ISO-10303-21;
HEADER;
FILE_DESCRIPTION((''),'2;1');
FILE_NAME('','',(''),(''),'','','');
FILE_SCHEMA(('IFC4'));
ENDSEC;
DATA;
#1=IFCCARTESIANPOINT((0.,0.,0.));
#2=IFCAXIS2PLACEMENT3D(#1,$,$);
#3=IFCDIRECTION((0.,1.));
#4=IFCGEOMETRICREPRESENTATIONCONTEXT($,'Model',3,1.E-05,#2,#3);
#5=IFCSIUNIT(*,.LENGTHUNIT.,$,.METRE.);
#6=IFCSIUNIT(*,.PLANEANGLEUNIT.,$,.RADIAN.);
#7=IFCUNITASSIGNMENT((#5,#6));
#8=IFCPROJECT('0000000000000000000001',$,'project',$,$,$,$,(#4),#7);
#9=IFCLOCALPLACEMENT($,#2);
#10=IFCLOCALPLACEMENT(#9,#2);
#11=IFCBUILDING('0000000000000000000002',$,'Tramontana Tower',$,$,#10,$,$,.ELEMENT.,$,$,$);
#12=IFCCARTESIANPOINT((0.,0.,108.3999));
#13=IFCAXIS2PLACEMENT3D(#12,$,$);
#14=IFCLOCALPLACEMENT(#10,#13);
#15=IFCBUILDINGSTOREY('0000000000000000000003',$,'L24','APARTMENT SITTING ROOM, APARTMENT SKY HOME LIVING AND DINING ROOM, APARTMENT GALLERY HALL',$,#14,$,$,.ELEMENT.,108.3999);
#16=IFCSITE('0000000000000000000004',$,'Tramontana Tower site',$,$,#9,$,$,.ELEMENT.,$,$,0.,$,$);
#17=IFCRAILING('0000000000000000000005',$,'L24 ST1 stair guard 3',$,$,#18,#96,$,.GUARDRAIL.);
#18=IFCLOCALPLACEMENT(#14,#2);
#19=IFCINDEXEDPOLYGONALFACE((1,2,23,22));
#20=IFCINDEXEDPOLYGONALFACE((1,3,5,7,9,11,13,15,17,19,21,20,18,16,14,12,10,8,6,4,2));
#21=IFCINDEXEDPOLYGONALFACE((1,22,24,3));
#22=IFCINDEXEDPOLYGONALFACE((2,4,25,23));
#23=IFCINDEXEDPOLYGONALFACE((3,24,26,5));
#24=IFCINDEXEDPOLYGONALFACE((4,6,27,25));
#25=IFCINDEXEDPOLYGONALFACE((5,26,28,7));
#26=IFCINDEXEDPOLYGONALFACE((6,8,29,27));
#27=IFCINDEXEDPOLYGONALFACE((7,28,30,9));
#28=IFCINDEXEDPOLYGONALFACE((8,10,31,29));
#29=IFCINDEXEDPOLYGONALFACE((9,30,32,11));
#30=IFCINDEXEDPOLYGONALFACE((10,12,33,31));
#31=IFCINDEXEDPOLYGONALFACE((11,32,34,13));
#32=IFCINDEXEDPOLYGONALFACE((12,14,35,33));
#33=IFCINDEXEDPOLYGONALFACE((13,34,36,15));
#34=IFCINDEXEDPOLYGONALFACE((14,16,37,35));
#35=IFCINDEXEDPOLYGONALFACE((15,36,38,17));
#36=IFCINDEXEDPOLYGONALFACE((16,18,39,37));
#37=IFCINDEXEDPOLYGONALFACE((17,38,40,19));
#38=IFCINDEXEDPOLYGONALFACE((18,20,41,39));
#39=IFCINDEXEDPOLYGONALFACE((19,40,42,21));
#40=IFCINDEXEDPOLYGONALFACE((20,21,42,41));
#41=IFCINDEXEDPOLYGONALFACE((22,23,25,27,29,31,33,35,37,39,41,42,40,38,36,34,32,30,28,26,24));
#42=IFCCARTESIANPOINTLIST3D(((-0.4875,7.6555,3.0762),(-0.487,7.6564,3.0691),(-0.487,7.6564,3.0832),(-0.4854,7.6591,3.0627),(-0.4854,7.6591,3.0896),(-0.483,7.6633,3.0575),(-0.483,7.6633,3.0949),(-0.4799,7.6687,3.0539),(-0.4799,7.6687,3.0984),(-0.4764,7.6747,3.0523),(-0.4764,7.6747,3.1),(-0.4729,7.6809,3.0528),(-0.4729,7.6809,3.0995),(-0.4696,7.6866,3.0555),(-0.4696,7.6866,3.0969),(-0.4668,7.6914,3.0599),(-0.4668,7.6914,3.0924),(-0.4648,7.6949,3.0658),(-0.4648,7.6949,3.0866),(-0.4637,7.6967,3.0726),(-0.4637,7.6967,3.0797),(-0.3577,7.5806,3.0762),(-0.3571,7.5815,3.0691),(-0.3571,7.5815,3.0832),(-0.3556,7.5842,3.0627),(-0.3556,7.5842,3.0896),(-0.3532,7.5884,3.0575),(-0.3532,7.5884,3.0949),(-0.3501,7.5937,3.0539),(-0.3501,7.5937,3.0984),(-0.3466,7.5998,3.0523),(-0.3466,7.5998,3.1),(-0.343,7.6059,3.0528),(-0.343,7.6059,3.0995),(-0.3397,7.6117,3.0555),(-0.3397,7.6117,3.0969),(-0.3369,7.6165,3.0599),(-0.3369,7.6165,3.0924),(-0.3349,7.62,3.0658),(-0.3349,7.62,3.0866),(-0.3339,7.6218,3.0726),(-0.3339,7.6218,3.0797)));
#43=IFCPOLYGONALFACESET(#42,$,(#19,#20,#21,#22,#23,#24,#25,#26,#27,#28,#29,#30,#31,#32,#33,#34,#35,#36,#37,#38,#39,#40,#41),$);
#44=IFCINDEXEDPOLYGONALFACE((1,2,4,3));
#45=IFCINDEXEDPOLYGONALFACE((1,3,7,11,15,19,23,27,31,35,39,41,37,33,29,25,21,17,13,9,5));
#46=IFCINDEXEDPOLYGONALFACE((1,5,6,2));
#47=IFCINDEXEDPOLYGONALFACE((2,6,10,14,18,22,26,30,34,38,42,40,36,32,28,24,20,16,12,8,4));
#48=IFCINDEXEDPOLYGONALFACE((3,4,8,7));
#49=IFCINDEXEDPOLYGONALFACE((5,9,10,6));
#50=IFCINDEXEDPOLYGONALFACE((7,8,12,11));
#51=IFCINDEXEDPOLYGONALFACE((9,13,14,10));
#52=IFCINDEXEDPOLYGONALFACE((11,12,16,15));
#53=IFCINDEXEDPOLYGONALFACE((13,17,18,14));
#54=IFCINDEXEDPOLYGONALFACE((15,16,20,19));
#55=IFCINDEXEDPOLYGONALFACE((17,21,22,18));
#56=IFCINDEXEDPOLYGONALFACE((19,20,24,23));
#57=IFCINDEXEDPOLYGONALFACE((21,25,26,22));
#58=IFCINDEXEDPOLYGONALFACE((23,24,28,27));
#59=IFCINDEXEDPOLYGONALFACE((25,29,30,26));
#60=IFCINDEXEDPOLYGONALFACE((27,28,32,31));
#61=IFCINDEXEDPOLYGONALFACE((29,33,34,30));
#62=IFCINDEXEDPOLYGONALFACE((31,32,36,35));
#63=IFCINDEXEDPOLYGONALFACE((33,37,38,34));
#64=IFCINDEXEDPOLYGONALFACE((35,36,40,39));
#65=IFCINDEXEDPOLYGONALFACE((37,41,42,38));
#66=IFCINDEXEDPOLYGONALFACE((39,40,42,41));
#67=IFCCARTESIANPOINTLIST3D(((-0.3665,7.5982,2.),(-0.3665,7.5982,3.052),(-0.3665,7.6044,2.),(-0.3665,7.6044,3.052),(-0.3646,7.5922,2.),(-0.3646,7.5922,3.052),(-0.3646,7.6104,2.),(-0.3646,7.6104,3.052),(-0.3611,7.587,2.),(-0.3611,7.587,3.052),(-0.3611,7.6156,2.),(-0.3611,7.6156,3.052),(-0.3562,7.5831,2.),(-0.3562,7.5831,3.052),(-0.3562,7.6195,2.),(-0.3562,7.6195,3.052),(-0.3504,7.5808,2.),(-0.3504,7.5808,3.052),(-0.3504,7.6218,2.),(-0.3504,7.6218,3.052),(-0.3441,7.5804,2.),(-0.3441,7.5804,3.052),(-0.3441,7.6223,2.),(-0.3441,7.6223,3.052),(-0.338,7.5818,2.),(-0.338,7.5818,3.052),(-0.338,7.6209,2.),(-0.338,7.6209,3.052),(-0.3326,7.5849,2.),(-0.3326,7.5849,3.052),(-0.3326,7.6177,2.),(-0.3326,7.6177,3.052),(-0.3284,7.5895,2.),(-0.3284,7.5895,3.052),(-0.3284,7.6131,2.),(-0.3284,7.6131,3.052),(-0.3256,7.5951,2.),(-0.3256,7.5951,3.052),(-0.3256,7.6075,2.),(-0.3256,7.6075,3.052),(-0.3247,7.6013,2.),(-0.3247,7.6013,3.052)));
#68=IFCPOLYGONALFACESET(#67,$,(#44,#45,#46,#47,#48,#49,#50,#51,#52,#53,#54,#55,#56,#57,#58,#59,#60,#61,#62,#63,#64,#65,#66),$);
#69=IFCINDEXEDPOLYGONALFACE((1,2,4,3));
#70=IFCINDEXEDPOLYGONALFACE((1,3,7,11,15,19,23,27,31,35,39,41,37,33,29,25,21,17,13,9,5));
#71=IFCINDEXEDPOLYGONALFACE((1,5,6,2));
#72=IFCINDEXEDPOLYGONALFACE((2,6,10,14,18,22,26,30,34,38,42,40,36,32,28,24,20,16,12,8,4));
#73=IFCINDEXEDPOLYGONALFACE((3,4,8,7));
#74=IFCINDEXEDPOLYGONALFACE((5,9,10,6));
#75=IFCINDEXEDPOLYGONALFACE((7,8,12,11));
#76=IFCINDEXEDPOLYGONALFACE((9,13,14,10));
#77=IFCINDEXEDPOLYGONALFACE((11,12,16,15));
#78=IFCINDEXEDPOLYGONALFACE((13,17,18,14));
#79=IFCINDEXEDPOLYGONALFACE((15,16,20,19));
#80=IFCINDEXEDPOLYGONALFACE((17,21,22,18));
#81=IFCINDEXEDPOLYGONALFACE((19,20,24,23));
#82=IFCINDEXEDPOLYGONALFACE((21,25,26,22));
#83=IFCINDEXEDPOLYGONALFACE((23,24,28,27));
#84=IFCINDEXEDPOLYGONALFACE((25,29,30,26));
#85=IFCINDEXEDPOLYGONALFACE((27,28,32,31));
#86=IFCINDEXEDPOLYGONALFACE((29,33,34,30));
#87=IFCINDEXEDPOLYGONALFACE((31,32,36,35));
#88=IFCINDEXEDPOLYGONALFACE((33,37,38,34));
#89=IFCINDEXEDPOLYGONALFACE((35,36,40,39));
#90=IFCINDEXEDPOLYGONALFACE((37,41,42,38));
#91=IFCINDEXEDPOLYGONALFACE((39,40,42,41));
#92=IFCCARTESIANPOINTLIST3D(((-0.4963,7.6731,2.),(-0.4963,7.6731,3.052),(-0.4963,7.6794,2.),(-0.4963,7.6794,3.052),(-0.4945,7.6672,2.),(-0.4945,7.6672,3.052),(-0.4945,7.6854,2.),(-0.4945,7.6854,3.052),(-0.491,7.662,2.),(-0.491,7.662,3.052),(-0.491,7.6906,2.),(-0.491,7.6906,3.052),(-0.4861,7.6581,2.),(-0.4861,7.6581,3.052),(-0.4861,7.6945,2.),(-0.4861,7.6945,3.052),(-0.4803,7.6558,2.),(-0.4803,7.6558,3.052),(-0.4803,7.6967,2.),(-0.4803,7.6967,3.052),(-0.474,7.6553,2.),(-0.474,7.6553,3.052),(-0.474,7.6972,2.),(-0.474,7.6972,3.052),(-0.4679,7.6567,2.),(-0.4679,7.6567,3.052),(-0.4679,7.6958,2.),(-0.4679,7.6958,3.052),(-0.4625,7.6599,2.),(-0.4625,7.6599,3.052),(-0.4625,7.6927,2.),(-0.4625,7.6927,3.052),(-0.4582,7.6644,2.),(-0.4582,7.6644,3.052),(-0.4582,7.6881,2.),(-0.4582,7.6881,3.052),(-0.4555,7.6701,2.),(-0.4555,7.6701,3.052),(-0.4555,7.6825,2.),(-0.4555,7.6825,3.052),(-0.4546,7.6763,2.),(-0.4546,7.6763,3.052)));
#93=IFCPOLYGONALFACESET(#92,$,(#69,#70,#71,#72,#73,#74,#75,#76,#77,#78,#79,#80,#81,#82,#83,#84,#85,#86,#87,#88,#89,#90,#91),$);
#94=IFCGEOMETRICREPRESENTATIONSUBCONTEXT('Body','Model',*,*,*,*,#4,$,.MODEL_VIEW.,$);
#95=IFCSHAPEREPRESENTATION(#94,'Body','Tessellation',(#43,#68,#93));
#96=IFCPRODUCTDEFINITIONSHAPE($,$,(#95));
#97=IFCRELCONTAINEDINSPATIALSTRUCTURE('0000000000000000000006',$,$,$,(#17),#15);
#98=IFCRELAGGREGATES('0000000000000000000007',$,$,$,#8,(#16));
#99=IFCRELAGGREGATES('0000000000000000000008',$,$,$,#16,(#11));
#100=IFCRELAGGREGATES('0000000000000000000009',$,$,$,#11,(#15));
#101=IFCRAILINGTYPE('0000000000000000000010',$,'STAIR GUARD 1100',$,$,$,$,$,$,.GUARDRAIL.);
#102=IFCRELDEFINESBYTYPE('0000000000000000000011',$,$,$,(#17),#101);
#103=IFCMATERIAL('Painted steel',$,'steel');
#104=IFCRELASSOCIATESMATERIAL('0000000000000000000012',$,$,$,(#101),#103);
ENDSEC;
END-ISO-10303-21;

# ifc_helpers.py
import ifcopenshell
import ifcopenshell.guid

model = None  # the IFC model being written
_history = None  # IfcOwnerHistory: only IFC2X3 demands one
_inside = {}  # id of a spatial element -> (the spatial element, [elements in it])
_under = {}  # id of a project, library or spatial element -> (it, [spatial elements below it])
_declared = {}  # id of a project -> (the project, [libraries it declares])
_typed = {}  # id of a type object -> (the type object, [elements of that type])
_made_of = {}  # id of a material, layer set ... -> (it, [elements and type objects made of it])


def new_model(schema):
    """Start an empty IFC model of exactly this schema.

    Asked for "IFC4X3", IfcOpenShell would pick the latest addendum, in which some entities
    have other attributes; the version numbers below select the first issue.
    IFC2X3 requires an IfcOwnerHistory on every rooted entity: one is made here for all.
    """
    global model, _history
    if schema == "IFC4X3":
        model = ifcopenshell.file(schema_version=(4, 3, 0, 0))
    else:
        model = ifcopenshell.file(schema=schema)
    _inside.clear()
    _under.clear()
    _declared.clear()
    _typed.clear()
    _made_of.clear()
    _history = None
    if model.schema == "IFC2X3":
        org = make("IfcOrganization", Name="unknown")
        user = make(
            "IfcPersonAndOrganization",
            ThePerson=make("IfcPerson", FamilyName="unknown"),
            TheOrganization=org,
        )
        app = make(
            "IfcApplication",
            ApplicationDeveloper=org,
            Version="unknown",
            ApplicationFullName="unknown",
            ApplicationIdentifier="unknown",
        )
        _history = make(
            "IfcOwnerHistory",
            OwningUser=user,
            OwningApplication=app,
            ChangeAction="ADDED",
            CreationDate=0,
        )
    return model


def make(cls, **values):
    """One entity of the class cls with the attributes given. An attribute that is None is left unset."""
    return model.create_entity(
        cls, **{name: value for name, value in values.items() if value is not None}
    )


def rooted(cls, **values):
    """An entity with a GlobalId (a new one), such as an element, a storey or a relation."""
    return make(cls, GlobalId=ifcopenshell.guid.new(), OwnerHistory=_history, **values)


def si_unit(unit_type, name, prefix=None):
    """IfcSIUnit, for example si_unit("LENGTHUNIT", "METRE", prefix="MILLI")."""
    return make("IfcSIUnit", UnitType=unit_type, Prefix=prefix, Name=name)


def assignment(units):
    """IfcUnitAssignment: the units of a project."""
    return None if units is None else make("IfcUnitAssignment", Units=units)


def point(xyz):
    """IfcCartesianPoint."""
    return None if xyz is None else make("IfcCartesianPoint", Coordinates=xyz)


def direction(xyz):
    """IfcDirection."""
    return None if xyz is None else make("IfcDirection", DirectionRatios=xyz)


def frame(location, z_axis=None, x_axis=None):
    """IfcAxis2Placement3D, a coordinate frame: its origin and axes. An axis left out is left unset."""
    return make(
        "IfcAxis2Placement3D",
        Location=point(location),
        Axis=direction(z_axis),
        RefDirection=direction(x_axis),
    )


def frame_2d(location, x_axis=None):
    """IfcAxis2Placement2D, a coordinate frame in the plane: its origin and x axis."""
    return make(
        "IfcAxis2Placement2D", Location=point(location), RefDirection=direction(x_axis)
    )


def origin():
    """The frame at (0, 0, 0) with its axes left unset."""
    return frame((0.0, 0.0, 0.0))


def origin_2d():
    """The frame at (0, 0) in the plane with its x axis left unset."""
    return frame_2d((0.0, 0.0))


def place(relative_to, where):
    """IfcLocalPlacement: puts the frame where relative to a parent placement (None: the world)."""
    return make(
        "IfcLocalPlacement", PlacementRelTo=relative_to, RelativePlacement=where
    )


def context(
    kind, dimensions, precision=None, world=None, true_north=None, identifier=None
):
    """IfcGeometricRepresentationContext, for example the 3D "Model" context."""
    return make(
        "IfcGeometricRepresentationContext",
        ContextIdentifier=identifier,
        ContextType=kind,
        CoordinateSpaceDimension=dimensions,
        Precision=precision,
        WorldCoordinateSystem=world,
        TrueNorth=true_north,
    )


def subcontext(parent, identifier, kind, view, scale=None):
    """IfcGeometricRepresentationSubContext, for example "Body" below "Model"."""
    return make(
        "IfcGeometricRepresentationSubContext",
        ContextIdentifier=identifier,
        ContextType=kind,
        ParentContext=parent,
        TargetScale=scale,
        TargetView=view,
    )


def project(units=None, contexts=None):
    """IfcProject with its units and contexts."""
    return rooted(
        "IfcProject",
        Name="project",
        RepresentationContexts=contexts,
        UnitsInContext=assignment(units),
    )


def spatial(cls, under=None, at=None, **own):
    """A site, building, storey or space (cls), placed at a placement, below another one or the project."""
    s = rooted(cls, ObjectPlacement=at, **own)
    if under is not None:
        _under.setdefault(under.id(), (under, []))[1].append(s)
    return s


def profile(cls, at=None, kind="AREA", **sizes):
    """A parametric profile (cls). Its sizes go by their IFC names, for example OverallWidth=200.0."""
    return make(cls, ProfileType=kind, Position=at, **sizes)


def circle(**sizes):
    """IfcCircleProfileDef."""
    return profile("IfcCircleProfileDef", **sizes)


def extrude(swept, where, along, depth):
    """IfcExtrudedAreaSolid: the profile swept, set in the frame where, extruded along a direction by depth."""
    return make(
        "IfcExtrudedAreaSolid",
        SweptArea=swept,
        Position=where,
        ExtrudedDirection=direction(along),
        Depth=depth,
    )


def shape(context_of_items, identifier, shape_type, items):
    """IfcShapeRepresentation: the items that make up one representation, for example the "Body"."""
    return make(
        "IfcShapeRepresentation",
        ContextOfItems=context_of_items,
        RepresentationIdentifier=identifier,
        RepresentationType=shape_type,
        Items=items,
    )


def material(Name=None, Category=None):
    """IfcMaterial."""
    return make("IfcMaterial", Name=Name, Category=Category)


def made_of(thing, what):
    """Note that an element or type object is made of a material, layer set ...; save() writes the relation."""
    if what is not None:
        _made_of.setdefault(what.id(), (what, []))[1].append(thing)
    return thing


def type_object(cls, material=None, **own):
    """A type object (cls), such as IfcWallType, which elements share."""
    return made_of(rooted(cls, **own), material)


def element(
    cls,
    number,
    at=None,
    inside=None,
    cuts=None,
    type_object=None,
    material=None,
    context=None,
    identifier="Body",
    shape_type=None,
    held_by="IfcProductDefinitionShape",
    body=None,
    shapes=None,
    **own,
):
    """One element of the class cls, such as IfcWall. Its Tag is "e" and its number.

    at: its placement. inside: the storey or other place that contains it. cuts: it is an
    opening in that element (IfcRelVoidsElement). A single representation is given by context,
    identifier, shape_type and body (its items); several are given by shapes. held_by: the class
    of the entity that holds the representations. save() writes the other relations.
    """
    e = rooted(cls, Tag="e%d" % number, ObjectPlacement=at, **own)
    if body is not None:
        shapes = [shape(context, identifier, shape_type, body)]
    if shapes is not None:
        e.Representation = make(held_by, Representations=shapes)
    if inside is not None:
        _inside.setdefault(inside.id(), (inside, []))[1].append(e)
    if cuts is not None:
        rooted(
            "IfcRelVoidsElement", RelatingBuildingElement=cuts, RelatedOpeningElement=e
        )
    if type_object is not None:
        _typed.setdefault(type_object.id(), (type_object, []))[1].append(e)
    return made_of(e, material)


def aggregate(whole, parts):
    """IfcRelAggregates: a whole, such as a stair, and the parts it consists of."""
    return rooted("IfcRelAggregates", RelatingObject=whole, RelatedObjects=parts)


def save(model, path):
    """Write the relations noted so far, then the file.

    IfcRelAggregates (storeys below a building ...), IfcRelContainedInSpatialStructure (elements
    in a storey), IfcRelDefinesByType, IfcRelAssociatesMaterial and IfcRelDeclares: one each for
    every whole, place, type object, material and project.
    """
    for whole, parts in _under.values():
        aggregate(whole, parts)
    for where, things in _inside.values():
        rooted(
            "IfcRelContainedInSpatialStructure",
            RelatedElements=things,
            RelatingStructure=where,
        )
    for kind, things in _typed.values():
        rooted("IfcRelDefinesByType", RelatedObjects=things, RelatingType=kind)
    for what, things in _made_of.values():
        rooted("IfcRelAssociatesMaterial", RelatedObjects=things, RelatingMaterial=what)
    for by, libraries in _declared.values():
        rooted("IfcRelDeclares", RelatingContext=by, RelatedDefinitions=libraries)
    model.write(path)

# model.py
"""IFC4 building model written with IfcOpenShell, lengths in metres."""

from ifc_helpers import new_model, si_unit, direction, frame, origin, origin_2d, place, context, subcontext, project, spatial, circle, extrude, material, type_object, element, save


model = new_model("IFC4")

# Units and contexts
model_context = context("Model", 3, precision=1e-05, world=origin(), true_north=direction((0.0, 1.0)))
body_context = subcontext(model_context, "Body", "Model", "MODEL_VIEW")
ifc_project = project(units=[si_unit("LENGTHUNIT", "METRE"), si_unit("PLANEANGLEUNIT", "RADIAN")], contexts=[model_context])

# Site, building, storey
site_placement = place(None, origin())
site = spatial("IfcSite", under=ifc_project, at=site_placement, Name="Tramontana Tower site", CompositionType="ELEMENT", RefElevation=0.0)
building_placement = place(site_placement, origin())
building = spatial("IfcBuilding", under=site, at=building_placement, Name="Tramontana Tower", CompositionType="ELEMENT")
storey_placement = place(building_placement, frame((0.0, 0.0, 108.3999)))
storey = spatial("IfcBuildingStorey", under=building, at=storey_placement, Name="L24", Description="APARTMENT SITTING ROOM, APARTMENT SKY HOME LIVING AND DINING ROOM, APARTMENT GALLERY HALL", CompositionType="ELEMENT", Elevation=108.3999)

# Railing
ifc_material_1 = material(Name="Painted steel", Category="steel")
railing_type_1 = type_object("IfcRailingType", Name="STAIR GUARD 1100", PredefinedType="GUARDRAIL", material=ifc_material_1)
railing_1_placement = place(storey_placement, frame((-0.3457, 7.6013, 2.0)))
element("IfcRailing", 1, at=railing_1_placement, inside=storey, type_object=railing_type_1, Name="L24 ST1 stair guard 3", PredefinedType="GUARDRAIL", context=body_context, shape_type="SweptSolid", body=[
    extrude(circle(Radius=0.0239, at=origin_2d()), frame((0.0, 0.0, 1.0762), z_axis=(-0.866131, 0.499816, 0.0), x_axis=(-0.499816, -0.866131, 0.0)), (0.0, 0.0, 1.0), 0.1499),
    extrude(circle(Radius=0.021, at=origin_2d()), origin(), (0.0, 0.0, 1.0), 1.052),
    extrude(circle(Radius=0.021, at=origin_2d()), frame((-0.1299, 0.075, 0.0)), (0.0, 0.0, 1.0), 1.052),
])

save(model, "model.ifc")
